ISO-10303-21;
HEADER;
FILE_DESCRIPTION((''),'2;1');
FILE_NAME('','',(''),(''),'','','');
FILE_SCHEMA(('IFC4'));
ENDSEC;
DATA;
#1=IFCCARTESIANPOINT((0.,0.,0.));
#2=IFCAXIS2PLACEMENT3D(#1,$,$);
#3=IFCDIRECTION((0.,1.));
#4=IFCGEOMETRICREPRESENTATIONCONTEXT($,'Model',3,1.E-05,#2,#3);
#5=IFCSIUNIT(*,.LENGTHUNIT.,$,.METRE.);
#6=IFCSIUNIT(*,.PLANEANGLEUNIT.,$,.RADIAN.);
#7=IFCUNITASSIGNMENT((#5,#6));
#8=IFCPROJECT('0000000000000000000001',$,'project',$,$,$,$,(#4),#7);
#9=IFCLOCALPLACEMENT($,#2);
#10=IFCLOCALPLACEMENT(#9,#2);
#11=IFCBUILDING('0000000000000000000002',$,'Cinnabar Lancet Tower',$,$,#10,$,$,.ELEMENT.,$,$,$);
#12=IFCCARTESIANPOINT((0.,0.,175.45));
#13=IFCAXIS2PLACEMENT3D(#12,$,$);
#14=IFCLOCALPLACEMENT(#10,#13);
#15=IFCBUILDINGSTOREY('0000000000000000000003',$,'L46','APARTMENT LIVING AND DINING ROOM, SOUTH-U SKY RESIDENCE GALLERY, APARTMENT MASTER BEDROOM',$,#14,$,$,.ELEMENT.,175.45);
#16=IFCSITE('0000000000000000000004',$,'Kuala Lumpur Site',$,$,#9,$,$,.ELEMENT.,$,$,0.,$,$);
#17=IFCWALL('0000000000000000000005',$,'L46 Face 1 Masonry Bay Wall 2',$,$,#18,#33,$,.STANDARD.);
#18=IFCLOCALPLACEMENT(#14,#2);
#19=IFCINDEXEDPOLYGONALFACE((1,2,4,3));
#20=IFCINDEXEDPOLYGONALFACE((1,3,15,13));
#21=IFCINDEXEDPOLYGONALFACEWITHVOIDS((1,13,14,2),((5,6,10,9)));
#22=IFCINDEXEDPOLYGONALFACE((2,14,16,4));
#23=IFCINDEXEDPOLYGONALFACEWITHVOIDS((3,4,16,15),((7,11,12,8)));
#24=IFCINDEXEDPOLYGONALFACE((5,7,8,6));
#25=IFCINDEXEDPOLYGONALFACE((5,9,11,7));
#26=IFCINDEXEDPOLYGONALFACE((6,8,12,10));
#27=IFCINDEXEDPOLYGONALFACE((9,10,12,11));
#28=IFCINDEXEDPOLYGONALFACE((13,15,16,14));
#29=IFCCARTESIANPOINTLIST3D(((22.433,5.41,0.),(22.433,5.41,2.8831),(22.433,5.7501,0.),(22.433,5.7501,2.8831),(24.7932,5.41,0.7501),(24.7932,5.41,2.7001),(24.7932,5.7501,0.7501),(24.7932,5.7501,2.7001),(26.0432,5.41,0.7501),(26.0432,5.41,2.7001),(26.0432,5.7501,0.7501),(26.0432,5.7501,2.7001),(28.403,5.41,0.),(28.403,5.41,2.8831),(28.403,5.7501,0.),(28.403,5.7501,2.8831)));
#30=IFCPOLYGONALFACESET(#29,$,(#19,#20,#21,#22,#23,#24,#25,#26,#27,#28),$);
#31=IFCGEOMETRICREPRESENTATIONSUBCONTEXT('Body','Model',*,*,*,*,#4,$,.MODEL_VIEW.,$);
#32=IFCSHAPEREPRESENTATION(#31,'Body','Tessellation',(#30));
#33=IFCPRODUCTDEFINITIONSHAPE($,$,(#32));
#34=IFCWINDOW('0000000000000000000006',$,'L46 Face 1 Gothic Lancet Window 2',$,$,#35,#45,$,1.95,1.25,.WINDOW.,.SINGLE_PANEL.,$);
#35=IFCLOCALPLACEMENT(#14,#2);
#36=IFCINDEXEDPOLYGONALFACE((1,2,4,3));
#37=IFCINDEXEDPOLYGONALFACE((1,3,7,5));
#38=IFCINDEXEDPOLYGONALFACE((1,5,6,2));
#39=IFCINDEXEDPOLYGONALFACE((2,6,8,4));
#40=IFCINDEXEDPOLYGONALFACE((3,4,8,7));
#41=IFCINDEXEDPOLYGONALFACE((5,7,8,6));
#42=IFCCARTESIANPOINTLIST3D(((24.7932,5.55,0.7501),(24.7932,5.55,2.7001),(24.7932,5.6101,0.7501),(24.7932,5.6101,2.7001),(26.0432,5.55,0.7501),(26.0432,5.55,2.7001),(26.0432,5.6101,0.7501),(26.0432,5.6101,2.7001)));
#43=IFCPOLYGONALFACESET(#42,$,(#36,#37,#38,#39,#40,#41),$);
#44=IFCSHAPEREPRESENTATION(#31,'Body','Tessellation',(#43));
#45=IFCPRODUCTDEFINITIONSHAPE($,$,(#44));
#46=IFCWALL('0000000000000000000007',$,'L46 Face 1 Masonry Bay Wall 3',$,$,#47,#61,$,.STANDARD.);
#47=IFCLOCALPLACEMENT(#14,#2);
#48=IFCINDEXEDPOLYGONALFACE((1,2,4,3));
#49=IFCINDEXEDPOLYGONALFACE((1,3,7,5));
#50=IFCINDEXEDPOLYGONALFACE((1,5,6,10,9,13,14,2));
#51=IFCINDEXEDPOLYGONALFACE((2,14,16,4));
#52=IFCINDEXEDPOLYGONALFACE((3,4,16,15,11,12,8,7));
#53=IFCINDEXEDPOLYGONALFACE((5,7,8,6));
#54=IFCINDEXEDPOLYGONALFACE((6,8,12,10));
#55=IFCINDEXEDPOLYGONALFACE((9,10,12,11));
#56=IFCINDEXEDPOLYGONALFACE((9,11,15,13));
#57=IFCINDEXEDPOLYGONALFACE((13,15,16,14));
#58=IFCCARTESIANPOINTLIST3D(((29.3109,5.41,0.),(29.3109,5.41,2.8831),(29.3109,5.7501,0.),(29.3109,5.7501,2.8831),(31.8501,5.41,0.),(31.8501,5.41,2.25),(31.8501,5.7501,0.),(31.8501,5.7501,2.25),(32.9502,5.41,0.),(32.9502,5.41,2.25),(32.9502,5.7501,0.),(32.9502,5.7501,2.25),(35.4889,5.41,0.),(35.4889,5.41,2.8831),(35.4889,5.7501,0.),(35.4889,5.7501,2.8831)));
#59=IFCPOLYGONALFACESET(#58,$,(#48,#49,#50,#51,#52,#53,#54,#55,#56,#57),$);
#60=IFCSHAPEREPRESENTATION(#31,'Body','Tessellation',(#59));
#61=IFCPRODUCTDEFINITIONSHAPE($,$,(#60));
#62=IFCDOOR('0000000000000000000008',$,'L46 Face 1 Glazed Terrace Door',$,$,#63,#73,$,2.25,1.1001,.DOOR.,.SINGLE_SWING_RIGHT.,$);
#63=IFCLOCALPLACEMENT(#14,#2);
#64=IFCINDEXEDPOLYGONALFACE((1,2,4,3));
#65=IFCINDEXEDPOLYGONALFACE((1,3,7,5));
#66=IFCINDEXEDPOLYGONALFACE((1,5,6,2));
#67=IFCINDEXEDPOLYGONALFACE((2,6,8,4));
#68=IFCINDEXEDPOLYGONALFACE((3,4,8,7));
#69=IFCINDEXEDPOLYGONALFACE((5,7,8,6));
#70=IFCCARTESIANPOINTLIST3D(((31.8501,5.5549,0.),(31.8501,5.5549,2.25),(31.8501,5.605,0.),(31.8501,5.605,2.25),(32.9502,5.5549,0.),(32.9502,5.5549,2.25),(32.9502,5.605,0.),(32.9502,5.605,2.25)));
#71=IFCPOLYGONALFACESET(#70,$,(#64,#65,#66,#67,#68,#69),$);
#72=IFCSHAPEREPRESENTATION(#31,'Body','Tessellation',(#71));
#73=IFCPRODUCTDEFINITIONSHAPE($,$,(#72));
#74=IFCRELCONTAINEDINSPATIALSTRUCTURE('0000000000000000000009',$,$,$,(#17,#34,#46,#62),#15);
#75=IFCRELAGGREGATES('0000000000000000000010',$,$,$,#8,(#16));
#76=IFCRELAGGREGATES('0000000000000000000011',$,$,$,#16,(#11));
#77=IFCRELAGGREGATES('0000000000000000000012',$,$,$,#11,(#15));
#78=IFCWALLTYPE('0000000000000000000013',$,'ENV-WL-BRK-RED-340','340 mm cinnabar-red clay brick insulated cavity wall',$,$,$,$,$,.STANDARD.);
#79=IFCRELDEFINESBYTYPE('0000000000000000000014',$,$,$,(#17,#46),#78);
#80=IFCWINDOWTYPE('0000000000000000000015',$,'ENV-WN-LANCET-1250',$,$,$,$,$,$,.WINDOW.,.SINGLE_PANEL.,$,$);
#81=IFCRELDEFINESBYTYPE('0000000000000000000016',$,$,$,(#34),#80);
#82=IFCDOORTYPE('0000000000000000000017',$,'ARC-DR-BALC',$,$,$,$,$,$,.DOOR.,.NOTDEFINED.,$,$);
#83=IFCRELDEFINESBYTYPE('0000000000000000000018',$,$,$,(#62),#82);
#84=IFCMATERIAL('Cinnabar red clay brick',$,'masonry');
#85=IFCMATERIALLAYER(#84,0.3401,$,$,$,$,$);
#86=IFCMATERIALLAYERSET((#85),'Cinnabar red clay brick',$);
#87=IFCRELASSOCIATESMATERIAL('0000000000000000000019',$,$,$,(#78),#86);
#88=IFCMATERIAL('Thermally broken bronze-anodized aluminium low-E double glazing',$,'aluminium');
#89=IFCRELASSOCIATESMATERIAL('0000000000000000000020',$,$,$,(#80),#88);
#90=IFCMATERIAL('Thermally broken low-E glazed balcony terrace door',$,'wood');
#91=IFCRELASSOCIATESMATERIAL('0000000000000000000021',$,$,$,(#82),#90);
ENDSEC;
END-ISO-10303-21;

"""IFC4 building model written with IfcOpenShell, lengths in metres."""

from ifc_helpers import new_model, si_unit, direction, frame, frame_2d, origin, place, context, subcontext, project, spatial, rectangle, extrude, material, layer, layer_set, type_object, element, fill, save


model = new_model("IFC4")

# Units and contexts
model_context = context("Model", 3, precision=1e-05, world=origin(), true_north=direction((0.0, 1.0)))
body_context = subcontext(model_context, "Body", "Model", "MODEL_VIEW")
ifc_project = project(units=[si_unit("LENGTHUNIT", "METRE"), si_unit("PLANEANGLEUNIT", "RADIAN")], contexts=[model_context])

# Site, building, storey
site_placement = place(None, origin())
site = spatial("IfcSite", under=ifc_project, at=site_placement, Name="Kuala Lumpur Site", CompositionType="ELEMENT", RefElevation=0.0)
building_placement = place(site_placement, origin())
building = spatial("IfcBuilding", under=site, at=building_placement, Name="Cinnabar Lancet Tower", CompositionType="ELEMENT")
storey_placement = place(building_placement, frame((0.0, 0.0, 175.45)))
storey = spatial("IfcBuildingStorey", under=building, at=storey_placement, Name="L46", Description="APARTMENT LIVING AND DINING ROOM, SOUTH-U SKY RESIDENCE GALLERY, APARTMENT MASTER BEDROOM", CompositionType="ELEMENT", Elevation=175.45)

# Shared definitions
ifc_material_1 = material(Name="Cinnabar red clay brick", Category="masonry")
ifc_layer_1 = layer(ifc_material_1, 0.3401)
ifc_layer_set_1 = layer_set([ifc_layer_1], Name="Cinnabar red clay brick")
wall_type_1 = type_object("IfcWallType", Name="ENV-WL-BRK-RED-340", Description="340 mm cinnabar-red clay brick insulated cavity wall", PredefinedType="STANDARD", material=ifc_layer_set_1)

# Wall, opening, window
wall_1_placement = place(storey_placement, frame((22.4331, 5.5801, 0.0), z_axis=(0.0, 0.0, 1.0), x_axis=(1.0, 0.0, 0.0)))
wall_1 = element("IfcWall", 1, at=wall_1_placement, inside=storey, type_object=wall_type_1, Name="L46 Face 1 Masonry Bay Wall 2", PredefinedType="STANDARD", context=body_context, shape_type="SweptSolid", body=[
    extrude(rectangle(XDim=5.97, YDim=0.3401, at=frame_2d((2.9849, 0.0))), origin(), (0.0, 0.0, 1.0), 2.8831),
])
opening_1_placement = place(wall_1_placement, frame((2.3601, 0.0, 0.75)))
opening_1 = element("IfcOpeningElement", 2, at=opening_1_placement, cuts=wall_1, PredefinedType="OPENING", context=body_context, shape_type="SweptSolid", body=[
    extrude(rectangle(XDim=1.25, YDim=1.95, at=frame_2d((0.625, 0.9751))), frame((0.0, 0.1799, 0.0), z_axis=(0.0, -1.0, 0.0), x_axis=(1.0, 0.0, 0.0)), (0.0, 0.0, 1.0), 0.3601),
])
ifc_material_2 = material(Name="Thermally broken bronze-anodized aluminium low-E double glazing", Category="aluminium")
window_type = type_object("IfcWindowType", Name="ENV-WN-LANCET-1250", PartitioningType="SINGLE_PANEL", PredefinedType="WINDOW", material=ifc_material_2)
window_placement = place(opening_1_placement, origin())
window = element("IfcWindow", 3, at=window_placement, inside=storey, type_object=window_type, Name="L46 Face 1 Gothic Lancet Window 2", OverallHeight=1.95, OverallWidth=1.25, PartitioningType="SINGLE_PANEL", PredefinedType="WINDOW", context=body_context, shape_type="SweptSolid", body=[
    extrude(rectangle(XDim=1.25, YDim=1.95, at=frame_2d((0.625, 0.9751))), frame((0.0, 0.03, 0.0), z_axis=(0.0, -1.0, 0.0), x_axis=(1.0, 0.0, 0.0)), (0.0, 0.0, 1.0), 0.0601),
])
fill(opening_1, window)

# Wall, opening, door
wall_2_placement = place(storey_placement, frame((29.311, 5.5801, 0.0), z_axis=(0.0, 0.0, 1.0), x_axis=(1.0, 0.0, 0.0)))
wall_2 = element("IfcWall", 4, at=wall_2_placement, inside=storey, type_object=wall_type_1, Name="L46 Face 1 Masonry Bay Wall 3", PredefinedType="STANDARD", context=body_context, shape_type="SweptSolid", body=[
    extrude(rectangle(XDim=6.178, YDim=0.3401, at=frame_2d((3.0889, 0.0))), origin(), (0.0, 0.0, 1.0), 2.8831),
])
opening_2_placement = place(wall_2_placement, frame((2.5391, 0.0, 0.0)))
opening_2 = element("IfcOpeningElement", 5, at=opening_2_placement, cuts=wall_2, PredefinedType="OPENING", context=body_context, shape_type="SweptSolid", body=[
    extrude(rectangle(XDim=1.1001, YDim=2.25, at=frame_2d((0.55, 1.125))), frame((0.0, 0.1799, 0.0), z_axis=(0.0, -1.0, 0.0), x_axis=(1.0, 0.0, 0.0)), (0.0, 0.0, 1.0), 0.3601),
])
ifc_material_3 = material(Name="Thermally broken low-E glazed balcony terrace door", Category="wood")
door_type_1 = type_object("IfcDoorType", Name="ARC-DR-BALC", OperationType="NOTDEFINED", PredefinedType="DOOR", material=ifc_material_3)
door_1_placement = place(opening_2_placement, origin())
door_1 = element("IfcDoor", 6, at=door_1_placement, inside=storey, type_object=door_type_1, Name="L46 Face 1 Glazed Terrace Door", OperationType="SINGLE_SWING_RIGHT", OverallHeight=2.25, OverallWidth=1.1001, PredefinedType="DOOR", context=body_context, shape_type="SweptSolid", body=[
    extrude(rectangle(XDim=1.1001, YDim=2.25, at=frame_2d((0.55, 1.125))), frame((0.0, 0.0249, 0.0), z_axis=(0.0, -1.0, 0.0), x_axis=(1.0, 0.0, 0.0)), (0.0, 0.0, 1.0), 0.05),
])
fill(opening_2, door_1)

save(model, "model.ifc")
